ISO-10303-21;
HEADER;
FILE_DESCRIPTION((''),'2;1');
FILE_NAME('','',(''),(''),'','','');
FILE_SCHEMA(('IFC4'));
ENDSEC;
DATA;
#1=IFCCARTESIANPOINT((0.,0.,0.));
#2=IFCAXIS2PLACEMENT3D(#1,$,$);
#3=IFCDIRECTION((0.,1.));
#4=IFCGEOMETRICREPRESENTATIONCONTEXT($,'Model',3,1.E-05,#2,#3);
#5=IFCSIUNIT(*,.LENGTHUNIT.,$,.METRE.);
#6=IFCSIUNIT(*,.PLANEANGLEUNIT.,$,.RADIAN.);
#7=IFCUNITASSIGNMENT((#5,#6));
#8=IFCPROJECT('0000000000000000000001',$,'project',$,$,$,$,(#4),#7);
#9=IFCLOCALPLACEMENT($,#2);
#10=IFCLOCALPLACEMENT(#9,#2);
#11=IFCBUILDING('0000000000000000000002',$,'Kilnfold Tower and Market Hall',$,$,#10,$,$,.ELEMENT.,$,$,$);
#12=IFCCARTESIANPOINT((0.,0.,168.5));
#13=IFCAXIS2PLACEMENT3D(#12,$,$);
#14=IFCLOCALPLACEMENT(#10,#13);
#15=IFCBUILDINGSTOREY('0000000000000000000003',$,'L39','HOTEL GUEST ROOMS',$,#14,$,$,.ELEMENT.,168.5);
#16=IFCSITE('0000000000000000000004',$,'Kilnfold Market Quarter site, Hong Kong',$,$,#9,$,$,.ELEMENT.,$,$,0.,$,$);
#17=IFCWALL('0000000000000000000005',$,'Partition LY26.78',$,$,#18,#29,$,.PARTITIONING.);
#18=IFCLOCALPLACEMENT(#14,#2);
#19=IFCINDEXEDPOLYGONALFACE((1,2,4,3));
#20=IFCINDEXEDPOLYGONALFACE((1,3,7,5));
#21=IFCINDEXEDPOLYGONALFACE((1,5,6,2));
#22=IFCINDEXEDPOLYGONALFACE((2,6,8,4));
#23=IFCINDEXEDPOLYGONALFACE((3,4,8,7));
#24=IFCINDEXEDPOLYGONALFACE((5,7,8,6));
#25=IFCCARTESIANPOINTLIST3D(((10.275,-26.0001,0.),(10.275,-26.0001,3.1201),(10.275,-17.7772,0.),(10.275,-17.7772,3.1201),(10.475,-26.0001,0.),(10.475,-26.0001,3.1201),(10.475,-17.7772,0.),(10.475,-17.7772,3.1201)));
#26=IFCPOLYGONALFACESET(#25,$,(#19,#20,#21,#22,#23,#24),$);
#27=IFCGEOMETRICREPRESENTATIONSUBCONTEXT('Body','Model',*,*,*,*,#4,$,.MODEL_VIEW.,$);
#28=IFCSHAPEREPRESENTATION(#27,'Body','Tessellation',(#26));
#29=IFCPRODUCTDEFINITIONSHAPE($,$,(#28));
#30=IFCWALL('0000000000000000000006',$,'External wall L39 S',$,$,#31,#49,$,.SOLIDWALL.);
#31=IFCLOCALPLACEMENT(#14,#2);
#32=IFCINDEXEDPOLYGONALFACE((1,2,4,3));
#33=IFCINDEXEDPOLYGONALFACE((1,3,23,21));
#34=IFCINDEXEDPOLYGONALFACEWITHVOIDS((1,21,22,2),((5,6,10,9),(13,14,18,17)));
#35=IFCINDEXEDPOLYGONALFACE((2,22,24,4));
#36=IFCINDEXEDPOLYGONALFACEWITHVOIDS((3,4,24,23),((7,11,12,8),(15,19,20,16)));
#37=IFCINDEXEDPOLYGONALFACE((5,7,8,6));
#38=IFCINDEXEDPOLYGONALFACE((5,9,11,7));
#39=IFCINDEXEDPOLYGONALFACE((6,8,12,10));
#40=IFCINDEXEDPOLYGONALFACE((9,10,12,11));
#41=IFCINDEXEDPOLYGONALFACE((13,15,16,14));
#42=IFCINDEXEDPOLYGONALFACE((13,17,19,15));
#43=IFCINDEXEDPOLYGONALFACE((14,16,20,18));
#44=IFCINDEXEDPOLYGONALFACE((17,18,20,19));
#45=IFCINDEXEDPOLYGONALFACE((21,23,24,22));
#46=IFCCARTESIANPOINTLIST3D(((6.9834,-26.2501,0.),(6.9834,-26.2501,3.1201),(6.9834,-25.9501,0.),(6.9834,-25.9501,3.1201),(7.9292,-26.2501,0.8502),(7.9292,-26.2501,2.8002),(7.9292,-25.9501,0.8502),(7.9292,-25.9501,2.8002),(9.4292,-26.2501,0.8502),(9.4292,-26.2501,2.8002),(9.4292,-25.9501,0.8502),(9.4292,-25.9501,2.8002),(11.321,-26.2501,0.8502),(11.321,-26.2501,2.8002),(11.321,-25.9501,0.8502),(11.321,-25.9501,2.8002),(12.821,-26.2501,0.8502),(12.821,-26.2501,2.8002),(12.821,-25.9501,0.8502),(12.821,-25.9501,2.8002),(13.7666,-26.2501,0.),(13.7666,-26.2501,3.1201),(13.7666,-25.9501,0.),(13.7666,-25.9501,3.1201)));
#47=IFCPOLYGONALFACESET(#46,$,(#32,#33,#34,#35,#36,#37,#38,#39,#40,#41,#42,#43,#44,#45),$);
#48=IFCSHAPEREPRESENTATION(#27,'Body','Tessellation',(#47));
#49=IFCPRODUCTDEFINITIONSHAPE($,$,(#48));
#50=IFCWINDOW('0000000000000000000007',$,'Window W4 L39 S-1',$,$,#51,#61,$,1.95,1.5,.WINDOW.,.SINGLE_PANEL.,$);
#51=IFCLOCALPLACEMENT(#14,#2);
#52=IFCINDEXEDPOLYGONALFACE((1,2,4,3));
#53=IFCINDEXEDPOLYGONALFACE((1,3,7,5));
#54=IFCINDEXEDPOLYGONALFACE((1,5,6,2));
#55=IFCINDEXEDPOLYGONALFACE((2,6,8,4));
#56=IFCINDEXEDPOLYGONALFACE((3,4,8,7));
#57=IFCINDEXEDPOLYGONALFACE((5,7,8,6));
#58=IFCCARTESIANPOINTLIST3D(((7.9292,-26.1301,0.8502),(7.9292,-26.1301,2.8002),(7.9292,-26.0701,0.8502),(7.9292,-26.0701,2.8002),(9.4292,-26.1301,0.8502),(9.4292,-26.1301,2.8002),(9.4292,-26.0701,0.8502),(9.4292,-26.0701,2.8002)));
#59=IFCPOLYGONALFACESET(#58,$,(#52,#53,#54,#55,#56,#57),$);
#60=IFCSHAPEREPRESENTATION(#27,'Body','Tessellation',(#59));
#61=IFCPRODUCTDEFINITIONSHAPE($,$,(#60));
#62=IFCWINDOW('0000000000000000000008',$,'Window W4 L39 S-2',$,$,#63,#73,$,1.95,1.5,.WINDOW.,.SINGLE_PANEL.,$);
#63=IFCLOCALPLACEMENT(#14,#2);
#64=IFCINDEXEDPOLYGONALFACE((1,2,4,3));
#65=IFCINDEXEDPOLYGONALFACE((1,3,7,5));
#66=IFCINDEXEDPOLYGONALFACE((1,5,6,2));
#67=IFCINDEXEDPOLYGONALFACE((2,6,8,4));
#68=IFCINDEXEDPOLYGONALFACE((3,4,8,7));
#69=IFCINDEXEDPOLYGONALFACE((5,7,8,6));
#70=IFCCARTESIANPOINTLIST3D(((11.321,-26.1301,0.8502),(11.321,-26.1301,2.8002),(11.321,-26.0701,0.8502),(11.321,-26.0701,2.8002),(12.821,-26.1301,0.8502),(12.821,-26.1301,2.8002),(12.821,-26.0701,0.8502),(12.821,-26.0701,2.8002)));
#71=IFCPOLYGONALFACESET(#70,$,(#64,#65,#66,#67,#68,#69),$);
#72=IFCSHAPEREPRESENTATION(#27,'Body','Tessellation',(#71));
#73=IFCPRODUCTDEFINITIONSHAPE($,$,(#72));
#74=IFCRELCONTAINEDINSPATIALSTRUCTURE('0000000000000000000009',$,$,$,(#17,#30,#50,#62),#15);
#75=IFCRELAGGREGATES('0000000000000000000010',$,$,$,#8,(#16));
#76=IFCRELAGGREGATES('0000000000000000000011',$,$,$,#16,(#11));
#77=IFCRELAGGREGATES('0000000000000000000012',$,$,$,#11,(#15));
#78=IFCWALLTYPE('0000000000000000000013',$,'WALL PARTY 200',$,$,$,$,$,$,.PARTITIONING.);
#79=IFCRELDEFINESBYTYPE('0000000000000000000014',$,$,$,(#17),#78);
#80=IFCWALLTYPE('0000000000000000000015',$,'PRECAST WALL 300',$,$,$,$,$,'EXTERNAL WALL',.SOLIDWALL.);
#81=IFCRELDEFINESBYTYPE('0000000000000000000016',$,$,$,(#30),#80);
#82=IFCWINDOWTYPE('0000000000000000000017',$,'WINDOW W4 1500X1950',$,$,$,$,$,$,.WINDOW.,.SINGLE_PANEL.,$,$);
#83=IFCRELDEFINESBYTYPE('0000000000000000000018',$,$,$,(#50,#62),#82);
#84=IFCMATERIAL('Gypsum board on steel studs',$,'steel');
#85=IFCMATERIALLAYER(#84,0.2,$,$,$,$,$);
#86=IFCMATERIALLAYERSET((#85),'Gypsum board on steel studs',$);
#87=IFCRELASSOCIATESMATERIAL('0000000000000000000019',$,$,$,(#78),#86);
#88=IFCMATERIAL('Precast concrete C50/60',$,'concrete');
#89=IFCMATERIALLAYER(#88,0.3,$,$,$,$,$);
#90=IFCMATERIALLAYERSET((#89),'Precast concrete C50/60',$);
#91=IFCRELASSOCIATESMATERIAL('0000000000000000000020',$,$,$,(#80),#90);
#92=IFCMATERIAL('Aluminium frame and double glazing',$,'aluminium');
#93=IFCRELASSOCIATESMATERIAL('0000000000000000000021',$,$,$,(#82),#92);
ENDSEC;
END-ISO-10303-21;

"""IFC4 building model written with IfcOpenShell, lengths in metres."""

from ifc_helpers import new_model, si_unit, direction, frame, frame_2d, origin, place, context, subcontext, project, spatial, rectangle, extrude, source, transform, mapped, material, layer, layer_set, type_object, element, fill, save


model = new_model("IFC4")

# Units and contexts
model_context = context("Model", 3, precision=1e-05, world=origin(), true_north=direction((0.0, 1.0)))
body_context = subcontext(model_context, "Body", "Model", "MODEL_VIEW")
ifc_project = project(units=[si_unit("LENGTHUNIT", "METRE"), si_unit("PLANEANGLEUNIT", "RADIAN")], contexts=[model_context])

# Site, building, storey
site_placement = place(None, origin())
site = spatial("IfcSite", under=ifc_project, at=site_placement, Name="Kilnfold Market Quarter site, Hong Kong", CompositionType="ELEMENT", RefElevation=0.0)
building_placement = place(site_placement, origin())
building = spatial("IfcBuilding", under=site, at=building_placement, Name="Kilnfold Tower and Market Hall", CompositionType="ELEMENT")
storey_placement = place(building_placement, frame((0.0, 0.0, 168.5)))
storey = spatial("IfcBuildingStorey", under=building, at=storey_placement, Name="L39", Description="HOTEL GUEST ROOMS", CompositionType="ELEMENT", Elevation=168.5)

# Wall
ifc_material_1 = material(Name="Gypsum board on steel studs", Category="steel")
ifc_layer_1 = layer(ifc_material_1, 0.2)
ifc_layer_set_1 = layer_set([ifc_layer_1], Name="Gypsum board on steel studs")
wall_type_1 = type_object("IfcWallType", Name="WALL PARTY 200", PredefinedType="PARTITIONING", material=ifc_layer_set_1)
wall_1_placement = place(storey_placement, frame((10.375, -26.0, 0.0), z_axis=(0.0, 0.0, 1.0), x_axis=(0.0, 1.0, 0.0)))
element("IfcWall", 1, at=wall_1_placement, inside=storey, type_object=wall_type_1, Name="Partition LY26.78", PredefinedType="PARTITIONING", context=body_context, shape_type="SweptSolid", body=[
    extrude(rectangle(XDim=8.2229, YDim=0.2, at=frame_2d((4.1113, 0.0))), origin(), (0.0, 0.0, 1.0), 3.1201),
])

# Wall, openings, windows
ifc_material_2 = material(Name="Precast concrete C50/60", Category="concrete")
ifc_layer_2 = layer(ifc_material_2, 0.3)
ifc_layer_set_2 = layer_set([ifc_layer_2], Name="Precast concrete C50/60")
wall_type_2 = type_object("IfcWallType", Name="PRECAST WALL 300", ElementType="EXTERNAL WALL", PredefinedType="SOLIDWALL", material=ifc_layer_set_2)
shared_shape_1 = source(origin(), body_context, "Body", "SweptSolid", [
    extrude(rectangle(XDim=6.7832, YDim=0.3, at=frame_2d((3.3916, 0.0))), origin(), (0.0, 0.0, 1.0), 3.1201),
])
wall_2_placement = place(storey_placement, frame((6.9834, -26.1001, 0.0), z_axis=(0.0, 0.0, 1.0), x_axis=(1.0, 0.0, 0.0)))
wall_2 = element("IfcWall", 2, at=wall_2_placement, inside=storey, type_object=wall_type_2, Name="External wall L39 S", PredefinedType="SOLIDWALL", context=body_context, shape_type="MappedRepresentation", body=[
    mapped(shared_shape_1, transform((0.0, 0.0, 0.0))),
])
opening_1_placement = place(wall_2_placement, frame((0.9458, 0.0, 0.8501)))
opening_1 = element("IfcOpeningElement", 3, at=opening_1_placement, cuts=wall_2, PredefinedType="OPENING", context=body_context, shape_type="SweptSolid", body=[
    extrude(rectangle(XDim=1.5, YDim=1.95, at=frame_2d((0.75, 0.9751))), frame((0.0, 0.1602, 0.0), z_axis=(0.0, -1.0, 0.0), x_axis=(1.0, 0.0, 0.0)), (0.0, 0.0, 1.0), 0.3201),
])
opening_2_placement = place(wall_2_placement, frame((4.3376, 0.0, 0.8501)))
opening_2 = element("IfcOpeningElement", 4, at=opening_2_placement, cuts=wall_2, PredefinedType="OPENING", context=body_context, shape_type="SweptSolid", body=[
    extrude(rectangle(XDim=1.5, YDim=1.95, at=frame_2d((0.75, 0.9751))), frame((0.0, 0.1602, 0.0), z_axis=(0.0, -1.0, 0.0), x_axis=(1.0, 0.0, 0.0)), (0.0, 0.0, 1.0), 0.3201),
])
ifc_material_3 = material(Name="Aluminium frame and double glazing", Category="aluminium")
window_type = type_object("IfcWindowType", Name="WINDOW W4 1500X1950", PartitioningType="SINGLE_PANEL", PredefinedType="WINDOW", material=ifc_material_3)
window_1_placement = place(opening_1_placement, origin())
window_1 = element("IfcWindow", 5, at=window_1_placement, inside=storey, type_object=window_type, Name="Window W4 L39 S-1", OverallHeight=1.95, OverallWidth=1.5, PartitioningType="SINGLE_PANEL", PredefinedType="WINDOW", context=body_context, shape_type="SweptSolid", body=[
    extrude(rectangle(XDim=1.5, YDim=1.95, at=frame_2d((0.75, 0.9751))), frame((0.0, 0.03, 0.0), z_axis=(0.0, -1.0, 0.0), x_axis=(1.0, 0.0, 0.0)), (0.0, 0.0, 1.0), 0.0601),
])
fill(opening_1, window_1)
window_2_placement = place(opening_2_placement, origin())
window_2 = element("IfcWindow", 6, at=window_2_placement, inside=storey, type_object=window_type, Name="Window W4 L39 S-2", OverallHeight=1.95, OverallWidth=1.5, PartitioningType="SINGLE_PANEL", PredefinedType="WINDOW", context=body_context, shape_type="SweptSolid", body=[
    extrude(rectangle(XDim=1.5, YDim=1.95, at=frame_2d((0.75, 0.9751))), frame((0.0, 0.03, 0.0), z_axis=(0.0, -1.0, 0.0), x_axis=(1.0, 0.0, 0.0)), (0.0, 0.0, 1.0), 0.0601),
])
fill(opening_2, window_2)

save(model, "model.ifc")
